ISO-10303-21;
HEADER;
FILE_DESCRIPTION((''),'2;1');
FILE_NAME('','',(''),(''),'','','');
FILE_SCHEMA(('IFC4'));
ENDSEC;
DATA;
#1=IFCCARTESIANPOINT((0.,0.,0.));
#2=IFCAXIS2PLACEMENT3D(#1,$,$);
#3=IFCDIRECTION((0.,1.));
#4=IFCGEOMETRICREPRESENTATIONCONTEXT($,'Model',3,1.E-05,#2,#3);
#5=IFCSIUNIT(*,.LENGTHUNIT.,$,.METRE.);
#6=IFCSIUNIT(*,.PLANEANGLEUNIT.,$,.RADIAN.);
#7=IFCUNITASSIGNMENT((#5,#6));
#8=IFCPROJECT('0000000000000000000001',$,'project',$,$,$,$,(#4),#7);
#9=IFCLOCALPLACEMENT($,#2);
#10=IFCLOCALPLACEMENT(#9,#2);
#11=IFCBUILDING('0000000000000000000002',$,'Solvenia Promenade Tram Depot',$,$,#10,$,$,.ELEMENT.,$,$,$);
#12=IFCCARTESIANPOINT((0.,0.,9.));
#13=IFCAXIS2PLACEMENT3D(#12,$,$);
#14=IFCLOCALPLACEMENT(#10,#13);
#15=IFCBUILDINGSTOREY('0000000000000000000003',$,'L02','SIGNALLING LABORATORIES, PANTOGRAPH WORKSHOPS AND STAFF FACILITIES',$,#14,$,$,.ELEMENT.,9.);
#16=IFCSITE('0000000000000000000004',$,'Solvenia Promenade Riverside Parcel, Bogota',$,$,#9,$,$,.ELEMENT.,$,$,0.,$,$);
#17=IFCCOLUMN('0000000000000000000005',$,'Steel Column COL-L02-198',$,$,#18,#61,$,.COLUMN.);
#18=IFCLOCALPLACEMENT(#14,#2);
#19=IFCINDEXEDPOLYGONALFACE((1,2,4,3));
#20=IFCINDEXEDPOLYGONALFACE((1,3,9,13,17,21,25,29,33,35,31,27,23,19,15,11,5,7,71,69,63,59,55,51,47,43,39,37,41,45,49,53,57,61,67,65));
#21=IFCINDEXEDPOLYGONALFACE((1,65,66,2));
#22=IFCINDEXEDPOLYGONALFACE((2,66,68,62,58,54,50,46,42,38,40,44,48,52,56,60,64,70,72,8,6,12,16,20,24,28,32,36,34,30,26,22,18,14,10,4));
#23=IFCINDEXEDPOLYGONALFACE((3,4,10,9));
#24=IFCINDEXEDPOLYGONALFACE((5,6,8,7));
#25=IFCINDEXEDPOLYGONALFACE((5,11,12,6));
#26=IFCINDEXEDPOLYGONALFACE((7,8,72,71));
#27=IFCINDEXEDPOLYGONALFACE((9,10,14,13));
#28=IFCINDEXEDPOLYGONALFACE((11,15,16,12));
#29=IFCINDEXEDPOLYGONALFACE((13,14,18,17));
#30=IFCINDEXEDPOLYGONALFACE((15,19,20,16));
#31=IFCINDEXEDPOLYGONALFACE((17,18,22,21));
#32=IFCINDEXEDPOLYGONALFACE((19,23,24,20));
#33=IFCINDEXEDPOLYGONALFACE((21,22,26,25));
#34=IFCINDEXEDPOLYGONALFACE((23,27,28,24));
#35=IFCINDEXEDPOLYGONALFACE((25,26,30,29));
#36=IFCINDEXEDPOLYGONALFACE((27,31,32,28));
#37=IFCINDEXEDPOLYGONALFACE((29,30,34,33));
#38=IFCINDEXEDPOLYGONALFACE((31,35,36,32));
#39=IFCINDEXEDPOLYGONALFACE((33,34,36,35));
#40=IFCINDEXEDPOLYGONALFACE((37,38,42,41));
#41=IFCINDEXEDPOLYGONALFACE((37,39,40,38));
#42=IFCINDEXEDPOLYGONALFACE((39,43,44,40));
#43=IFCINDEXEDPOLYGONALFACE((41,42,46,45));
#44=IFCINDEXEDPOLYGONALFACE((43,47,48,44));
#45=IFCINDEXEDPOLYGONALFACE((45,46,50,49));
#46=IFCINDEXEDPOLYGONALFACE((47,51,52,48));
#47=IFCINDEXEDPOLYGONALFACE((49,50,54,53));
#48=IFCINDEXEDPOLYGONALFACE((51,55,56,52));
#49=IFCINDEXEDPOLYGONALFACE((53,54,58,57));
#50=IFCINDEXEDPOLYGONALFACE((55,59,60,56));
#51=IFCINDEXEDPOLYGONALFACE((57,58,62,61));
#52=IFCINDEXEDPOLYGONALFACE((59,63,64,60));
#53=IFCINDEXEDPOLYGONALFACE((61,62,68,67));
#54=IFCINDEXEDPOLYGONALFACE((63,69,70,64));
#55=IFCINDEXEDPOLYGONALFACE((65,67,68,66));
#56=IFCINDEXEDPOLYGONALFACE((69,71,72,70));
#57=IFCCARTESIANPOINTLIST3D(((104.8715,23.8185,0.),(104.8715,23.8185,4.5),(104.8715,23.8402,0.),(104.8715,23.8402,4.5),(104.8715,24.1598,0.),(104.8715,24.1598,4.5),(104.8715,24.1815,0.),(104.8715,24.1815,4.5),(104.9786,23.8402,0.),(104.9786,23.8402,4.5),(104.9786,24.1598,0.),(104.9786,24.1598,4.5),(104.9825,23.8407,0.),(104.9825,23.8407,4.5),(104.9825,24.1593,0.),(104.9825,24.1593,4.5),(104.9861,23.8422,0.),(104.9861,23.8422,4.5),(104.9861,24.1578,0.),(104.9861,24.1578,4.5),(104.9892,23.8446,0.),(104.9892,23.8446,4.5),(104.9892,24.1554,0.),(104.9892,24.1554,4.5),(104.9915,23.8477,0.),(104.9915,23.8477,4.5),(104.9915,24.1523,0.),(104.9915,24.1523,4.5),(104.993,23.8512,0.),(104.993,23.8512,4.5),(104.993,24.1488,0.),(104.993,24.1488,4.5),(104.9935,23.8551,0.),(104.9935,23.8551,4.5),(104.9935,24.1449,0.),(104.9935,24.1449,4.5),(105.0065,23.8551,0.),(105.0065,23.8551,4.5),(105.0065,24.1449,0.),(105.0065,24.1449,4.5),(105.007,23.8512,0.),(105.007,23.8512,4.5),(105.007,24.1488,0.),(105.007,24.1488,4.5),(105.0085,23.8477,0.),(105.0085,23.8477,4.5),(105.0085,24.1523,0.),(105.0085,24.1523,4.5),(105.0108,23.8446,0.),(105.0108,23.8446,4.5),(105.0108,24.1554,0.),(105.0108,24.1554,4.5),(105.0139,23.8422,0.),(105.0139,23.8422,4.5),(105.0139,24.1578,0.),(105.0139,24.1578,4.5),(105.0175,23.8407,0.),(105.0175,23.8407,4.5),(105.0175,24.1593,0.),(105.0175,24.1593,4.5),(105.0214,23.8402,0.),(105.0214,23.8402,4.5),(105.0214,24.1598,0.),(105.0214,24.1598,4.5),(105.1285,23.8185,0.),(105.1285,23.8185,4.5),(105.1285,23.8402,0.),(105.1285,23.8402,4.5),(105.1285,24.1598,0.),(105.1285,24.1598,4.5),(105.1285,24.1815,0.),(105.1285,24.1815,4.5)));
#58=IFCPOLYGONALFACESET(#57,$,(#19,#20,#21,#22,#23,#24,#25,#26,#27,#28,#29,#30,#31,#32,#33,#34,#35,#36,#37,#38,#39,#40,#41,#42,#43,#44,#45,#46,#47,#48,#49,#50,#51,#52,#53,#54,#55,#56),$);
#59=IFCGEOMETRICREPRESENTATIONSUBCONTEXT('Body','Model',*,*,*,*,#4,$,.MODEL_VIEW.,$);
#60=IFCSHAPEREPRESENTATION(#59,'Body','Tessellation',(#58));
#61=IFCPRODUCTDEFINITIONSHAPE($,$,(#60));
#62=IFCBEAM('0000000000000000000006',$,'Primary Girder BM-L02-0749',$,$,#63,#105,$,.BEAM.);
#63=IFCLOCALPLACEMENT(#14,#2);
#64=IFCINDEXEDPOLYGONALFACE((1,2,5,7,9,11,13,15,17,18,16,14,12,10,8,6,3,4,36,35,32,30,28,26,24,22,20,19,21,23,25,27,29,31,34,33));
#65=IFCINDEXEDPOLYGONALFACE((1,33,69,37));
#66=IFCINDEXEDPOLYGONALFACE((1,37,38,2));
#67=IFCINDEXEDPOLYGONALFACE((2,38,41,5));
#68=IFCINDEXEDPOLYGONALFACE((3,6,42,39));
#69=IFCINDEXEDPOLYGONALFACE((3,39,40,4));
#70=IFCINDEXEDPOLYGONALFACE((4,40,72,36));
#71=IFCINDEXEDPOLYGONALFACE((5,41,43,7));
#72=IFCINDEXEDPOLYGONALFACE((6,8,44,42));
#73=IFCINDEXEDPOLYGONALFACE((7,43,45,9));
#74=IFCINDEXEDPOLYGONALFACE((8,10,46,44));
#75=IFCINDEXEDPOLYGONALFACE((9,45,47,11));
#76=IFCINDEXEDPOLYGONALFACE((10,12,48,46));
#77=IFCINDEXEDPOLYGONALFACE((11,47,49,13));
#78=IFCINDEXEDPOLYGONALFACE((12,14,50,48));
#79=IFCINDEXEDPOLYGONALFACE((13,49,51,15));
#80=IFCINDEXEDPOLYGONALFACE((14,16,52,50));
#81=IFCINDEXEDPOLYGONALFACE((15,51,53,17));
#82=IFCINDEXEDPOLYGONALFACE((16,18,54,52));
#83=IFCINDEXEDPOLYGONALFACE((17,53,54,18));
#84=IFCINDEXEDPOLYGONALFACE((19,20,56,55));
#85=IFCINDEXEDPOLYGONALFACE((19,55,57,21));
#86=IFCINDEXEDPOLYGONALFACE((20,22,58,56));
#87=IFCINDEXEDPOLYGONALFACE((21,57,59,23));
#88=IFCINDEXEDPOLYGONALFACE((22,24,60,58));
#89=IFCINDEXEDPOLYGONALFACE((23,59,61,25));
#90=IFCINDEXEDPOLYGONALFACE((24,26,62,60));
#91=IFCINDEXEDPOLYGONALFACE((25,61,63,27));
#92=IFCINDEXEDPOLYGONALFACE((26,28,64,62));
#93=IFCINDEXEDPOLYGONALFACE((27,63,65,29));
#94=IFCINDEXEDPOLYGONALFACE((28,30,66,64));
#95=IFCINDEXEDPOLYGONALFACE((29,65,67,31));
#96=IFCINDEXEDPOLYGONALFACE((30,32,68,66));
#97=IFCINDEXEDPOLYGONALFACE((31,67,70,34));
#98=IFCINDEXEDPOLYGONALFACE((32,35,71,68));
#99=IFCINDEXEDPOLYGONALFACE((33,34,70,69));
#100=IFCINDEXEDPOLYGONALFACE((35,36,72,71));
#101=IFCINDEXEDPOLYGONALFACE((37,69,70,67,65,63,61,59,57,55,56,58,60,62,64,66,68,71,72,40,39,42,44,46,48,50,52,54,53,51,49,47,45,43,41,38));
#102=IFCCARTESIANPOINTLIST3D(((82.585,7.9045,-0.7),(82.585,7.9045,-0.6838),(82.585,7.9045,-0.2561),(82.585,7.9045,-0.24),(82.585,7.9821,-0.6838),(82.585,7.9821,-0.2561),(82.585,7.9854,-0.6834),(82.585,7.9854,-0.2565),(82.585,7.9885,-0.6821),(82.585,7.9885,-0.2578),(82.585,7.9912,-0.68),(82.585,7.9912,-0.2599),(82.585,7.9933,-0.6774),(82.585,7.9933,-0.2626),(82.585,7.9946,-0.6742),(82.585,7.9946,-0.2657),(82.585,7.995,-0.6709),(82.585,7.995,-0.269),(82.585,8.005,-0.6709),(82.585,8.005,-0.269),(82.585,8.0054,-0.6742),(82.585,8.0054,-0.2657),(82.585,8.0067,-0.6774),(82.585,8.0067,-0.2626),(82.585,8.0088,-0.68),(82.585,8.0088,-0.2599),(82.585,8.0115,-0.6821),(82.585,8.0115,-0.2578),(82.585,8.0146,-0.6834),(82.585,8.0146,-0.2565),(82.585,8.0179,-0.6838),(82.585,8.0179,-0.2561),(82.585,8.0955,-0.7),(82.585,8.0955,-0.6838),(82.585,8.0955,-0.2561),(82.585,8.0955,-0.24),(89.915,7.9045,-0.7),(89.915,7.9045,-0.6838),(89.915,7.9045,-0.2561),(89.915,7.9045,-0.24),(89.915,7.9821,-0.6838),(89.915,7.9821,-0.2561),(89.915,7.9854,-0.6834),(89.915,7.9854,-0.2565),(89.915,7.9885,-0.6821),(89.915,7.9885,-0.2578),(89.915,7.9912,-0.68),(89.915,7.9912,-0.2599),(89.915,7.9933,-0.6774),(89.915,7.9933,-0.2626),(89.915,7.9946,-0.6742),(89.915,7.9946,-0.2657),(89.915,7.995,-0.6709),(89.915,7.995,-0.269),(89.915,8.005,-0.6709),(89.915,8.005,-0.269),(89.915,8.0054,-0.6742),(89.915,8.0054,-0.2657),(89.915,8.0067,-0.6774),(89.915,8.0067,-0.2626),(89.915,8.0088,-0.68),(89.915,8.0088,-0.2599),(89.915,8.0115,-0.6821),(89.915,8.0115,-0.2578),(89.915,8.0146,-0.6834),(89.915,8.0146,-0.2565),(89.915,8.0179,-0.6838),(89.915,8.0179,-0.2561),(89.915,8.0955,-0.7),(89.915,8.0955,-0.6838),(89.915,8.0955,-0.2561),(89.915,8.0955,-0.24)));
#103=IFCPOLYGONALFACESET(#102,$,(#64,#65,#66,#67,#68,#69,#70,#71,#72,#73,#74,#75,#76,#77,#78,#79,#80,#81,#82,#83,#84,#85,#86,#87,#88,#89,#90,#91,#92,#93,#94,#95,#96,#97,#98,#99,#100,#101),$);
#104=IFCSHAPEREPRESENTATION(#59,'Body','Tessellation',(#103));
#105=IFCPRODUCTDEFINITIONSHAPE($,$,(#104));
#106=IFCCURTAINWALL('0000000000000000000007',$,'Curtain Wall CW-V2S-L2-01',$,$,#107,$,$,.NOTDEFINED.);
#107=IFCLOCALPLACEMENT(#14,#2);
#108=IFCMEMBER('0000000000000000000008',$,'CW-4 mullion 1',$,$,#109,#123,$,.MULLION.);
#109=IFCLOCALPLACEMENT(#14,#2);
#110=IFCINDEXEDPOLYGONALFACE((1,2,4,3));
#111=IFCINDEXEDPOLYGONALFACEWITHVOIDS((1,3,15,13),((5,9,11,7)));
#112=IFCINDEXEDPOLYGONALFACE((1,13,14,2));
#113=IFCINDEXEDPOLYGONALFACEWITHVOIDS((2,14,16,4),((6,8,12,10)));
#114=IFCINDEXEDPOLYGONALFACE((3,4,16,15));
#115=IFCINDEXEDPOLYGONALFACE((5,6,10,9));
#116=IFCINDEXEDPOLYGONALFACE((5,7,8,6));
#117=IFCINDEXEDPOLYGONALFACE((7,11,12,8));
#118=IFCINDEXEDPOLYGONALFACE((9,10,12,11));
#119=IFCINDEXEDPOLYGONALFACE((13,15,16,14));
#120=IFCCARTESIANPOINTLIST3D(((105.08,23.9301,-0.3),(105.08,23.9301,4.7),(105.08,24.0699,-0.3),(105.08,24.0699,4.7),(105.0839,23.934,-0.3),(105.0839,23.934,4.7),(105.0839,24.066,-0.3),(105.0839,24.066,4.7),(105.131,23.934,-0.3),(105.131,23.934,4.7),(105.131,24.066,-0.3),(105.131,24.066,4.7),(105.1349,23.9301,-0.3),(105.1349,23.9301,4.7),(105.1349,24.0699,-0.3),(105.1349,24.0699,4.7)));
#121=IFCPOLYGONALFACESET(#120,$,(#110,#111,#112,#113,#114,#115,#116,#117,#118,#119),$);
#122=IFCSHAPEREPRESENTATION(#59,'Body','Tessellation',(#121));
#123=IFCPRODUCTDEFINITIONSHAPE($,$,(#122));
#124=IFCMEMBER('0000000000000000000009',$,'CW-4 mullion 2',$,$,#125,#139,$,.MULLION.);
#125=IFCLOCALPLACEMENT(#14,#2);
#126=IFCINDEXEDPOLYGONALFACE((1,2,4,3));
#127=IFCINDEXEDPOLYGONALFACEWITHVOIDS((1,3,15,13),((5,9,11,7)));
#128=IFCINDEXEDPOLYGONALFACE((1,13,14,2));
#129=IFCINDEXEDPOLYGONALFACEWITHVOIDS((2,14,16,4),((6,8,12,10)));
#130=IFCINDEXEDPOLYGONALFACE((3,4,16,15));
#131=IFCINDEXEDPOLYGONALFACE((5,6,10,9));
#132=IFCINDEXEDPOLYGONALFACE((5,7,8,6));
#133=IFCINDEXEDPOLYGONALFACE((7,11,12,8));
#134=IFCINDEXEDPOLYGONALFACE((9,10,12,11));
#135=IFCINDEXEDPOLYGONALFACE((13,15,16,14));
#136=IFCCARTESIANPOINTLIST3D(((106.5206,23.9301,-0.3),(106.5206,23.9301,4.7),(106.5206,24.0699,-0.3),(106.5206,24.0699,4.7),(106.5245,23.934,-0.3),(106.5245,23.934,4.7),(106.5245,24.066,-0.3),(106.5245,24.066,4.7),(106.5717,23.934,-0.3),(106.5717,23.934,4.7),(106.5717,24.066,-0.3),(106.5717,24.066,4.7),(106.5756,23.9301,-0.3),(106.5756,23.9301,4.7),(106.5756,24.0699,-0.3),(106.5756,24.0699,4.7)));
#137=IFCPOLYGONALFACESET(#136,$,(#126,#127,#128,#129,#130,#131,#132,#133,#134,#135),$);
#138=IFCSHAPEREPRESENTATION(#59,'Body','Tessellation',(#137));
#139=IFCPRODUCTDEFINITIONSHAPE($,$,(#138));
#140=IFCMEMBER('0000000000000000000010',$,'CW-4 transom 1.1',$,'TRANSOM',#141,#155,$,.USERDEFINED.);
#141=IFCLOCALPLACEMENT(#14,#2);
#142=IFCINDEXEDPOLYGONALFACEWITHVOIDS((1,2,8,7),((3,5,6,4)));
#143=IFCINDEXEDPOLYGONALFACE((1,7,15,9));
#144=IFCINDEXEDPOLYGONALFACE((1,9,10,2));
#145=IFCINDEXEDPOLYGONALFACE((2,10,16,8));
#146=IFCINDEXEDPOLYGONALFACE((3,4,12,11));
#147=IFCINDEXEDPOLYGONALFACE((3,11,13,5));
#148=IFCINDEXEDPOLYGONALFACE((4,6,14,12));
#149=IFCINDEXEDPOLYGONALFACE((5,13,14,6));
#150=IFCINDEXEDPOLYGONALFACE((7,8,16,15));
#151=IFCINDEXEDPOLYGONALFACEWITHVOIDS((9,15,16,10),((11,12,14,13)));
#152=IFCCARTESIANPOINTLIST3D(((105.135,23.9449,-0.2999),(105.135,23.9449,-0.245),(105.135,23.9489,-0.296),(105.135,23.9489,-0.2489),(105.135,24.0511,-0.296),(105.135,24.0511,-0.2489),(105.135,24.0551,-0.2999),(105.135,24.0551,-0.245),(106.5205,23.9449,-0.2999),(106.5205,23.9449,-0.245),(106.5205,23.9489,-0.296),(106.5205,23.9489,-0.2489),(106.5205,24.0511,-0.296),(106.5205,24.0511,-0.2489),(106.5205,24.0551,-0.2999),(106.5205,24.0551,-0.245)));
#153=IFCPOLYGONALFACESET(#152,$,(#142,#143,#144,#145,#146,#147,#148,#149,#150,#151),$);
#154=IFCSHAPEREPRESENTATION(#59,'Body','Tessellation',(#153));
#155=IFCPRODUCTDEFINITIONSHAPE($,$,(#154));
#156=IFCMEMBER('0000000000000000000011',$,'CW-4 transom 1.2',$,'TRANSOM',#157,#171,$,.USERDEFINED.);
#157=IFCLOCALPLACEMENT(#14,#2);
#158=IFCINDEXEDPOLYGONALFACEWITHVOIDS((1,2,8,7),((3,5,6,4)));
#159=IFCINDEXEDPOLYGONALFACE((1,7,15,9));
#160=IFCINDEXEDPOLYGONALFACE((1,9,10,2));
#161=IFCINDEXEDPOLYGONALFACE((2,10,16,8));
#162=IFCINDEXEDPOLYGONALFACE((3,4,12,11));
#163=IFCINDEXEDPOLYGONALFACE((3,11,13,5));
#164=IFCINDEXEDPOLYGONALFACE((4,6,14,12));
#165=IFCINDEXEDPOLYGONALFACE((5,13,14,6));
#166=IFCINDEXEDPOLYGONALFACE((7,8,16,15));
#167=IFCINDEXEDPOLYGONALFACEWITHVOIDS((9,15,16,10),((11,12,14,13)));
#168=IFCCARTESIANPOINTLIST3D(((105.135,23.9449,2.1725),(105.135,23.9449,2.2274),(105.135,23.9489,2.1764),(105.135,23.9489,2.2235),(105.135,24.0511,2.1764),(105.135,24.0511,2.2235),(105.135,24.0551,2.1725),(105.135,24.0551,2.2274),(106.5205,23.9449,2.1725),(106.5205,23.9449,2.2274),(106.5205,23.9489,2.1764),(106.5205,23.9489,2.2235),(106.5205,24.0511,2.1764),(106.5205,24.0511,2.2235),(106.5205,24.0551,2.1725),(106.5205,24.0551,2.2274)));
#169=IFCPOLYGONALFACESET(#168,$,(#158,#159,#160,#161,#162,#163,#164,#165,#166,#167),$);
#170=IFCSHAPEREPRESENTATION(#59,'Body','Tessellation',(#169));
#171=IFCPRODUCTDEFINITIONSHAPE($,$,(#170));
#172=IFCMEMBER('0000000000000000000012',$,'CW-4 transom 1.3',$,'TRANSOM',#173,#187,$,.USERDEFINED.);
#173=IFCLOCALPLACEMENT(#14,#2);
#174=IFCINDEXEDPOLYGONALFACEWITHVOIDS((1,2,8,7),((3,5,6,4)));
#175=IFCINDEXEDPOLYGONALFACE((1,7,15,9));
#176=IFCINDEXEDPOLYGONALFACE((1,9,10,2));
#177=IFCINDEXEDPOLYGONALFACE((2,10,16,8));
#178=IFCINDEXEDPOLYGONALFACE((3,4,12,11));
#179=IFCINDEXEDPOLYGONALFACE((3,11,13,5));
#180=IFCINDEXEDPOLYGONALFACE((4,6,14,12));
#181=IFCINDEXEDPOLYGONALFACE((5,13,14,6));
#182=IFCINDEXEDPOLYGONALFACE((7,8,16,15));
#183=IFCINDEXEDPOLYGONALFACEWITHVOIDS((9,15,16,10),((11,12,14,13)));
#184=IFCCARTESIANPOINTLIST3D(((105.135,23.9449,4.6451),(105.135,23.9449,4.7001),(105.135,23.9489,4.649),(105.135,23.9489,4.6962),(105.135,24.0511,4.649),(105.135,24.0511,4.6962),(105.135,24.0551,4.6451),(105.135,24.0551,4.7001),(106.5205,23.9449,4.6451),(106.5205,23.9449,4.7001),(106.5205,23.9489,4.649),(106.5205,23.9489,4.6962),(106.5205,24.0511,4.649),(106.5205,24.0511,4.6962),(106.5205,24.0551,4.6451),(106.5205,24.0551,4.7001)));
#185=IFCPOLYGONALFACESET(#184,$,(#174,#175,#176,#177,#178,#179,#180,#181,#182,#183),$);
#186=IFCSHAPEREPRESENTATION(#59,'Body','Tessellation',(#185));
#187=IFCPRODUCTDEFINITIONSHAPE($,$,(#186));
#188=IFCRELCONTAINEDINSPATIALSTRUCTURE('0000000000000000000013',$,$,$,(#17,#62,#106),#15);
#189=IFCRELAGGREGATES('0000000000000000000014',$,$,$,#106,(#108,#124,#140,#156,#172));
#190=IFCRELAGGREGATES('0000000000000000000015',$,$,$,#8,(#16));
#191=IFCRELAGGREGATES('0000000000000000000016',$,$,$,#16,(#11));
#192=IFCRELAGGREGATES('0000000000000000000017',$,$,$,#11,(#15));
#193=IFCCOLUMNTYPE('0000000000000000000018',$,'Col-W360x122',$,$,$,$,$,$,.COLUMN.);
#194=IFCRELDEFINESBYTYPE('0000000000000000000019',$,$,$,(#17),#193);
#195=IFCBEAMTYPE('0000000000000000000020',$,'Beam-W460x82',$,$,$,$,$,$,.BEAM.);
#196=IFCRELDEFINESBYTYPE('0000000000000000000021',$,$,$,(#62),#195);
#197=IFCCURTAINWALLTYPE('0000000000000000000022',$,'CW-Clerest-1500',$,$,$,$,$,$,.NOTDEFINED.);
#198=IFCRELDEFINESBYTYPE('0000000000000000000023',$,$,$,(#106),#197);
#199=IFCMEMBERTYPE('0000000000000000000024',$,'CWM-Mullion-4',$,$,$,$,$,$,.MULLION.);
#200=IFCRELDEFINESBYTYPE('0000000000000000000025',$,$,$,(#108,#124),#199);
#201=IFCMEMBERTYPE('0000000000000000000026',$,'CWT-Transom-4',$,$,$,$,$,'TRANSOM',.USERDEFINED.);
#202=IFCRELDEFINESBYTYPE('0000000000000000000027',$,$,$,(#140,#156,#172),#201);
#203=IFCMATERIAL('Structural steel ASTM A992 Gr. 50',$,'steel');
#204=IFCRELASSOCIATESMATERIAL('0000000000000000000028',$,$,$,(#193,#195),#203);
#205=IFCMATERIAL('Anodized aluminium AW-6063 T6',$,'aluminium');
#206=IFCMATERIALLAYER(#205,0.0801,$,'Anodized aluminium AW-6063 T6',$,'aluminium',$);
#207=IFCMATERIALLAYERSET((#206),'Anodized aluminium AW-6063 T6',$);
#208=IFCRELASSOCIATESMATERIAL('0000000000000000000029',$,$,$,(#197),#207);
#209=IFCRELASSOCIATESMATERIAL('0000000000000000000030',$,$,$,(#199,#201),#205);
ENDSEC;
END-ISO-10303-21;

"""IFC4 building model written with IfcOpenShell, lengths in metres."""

from ifc_helpers import new_model, si_unit, direction, frame, origin, origin_2d, place, context, subcontext, project, spatial, hollow_rectangle, i_section, extrude, material, layer, layer_set, material_profile, profile_set, type_object, element, aggregate, save


model = new_model("IFC4")

# Units and contexts
model_context = context("Model", 3, precision=1e-05, world=origin(), true_north=direction((0.0, 1.0)))
body_context = subcontext(model_context, "Body", "Model", "MODEL_VIEW")
ifc_project = project(units=[si_unit("LENGTHUNIT", "METRE"), si_unit("PLANEANGLEUNIT", "RADIAN")], contexts=[model_context])

# Site, building, storey
site_placement = place(None, origin())
site = spatial("IfcSite", under=ifc_project, at=site_placement, Name="Solvenia Promenade Riverside Parcel, Bogota", CompositionType="ELEMENT", RefElevation=0.0)
building_placement = place(site_placement, origin())
building = spatial("IfcBuilding", under=site, at=building_placement, Name="Solvenia Promenade Tram Depot", CompositionType="ELEMENT")
storey_placement = place(building_placement, frame((0.0, 0.0, 9.0)))
storey = spatial("IfcBuildingStorey", under=building, at=storey_placement, Name="L02", Description="SIGNALLING LABORATORIES, PANTOGRAPH WORKSHOPS AND STAFF FACILITIES", CompositionType="ELEMENT", Elevation=9.0)

# Column
ifc_material_1 = material(Name="Structural steel ASTM A992 Gr. 50", Category="steel")
ifc_material_profile_1 = material_profile(ifc_material_1, i_section(OverallWidth=0.2571, OverallDepth=0.363, WebThickness=0.0129, FlangeThickness=0.0217, FilletRadius=0.0149, at=origin_2d()), Name="W360x122", Category="steel")
ifc_profile_set_1 = profile_set([ifc_material_profile_1], Name="Structural steel ASTM A992 Gr. 50")
column_type = type_object("IfcColumnType", Name="Col-W360x122", PredefinedType="COLUMN", material=ifc_profile_set_1)
column_placement = place(storey_placement, frame((105.0, 24.0, 0.0), z_axis=(0.0, 0.0, 1.0), x_axis=(1.0, 0.0, 0.0)))
element("IfcColumn", 1, at=column_placement, inside=storey, type_object=column_type, Name="Steel Column COL-L02-198", PredefinedType="COLUMN", context=body_context, shape_type="SweptSolid", body=[
    extrude(i_section(OverallWidth=0.2571, OverallDepth=0.363, WebThickness=0.0129, FlangeThickness=0.0217, FilletRadius=0.0149, at=origin_2d()), origin(), (0.0, 0.0, 1.0), 4.5),
])

# Beam
ifc_material_profile_2 = material_profile(ifc_material_1, i_section(OverallWidth=0.1909, OverallDepth=0.46, WebThickness=0.01, FlangeThickness=0.0161, FilletRadius=0.0129, at=origin_2d()), Name="W460x82", Category="steel")
ifc_profile_set_2 = profile_set([ifc_material_profile_2], Name="Structural steel ASTM A992 Gr. 50")
beam_type_1 = type_object("IfcBeamType", Name="Beam-W460x82", PredefinedType="BEAM", material=ifc_profile_set_2)
beam_1_placement = place(storey_placement, frame((82.585, 8.0, -0.47), z_axis=(1.0, 0.0, 0.0), x_axis=(0.0, 1.0, 0.0)))
element("IfcBeam", 2, at=beam_1_placement, inside=storey, type_object=beam_type_1, Name="Primary Girder BM-L02-0749", PredefinedType="BEAM", context=body_context, shape_type="SweptSolid", body=[
    extrude(i_section(OverallWidth=0.1909, OverallDepth=0.46, WebThickness=0.01, FlangeThickness=0.0161, FilletRadius=0.0129, at=origin_2d()), origin(), (0.0, 0.0, 1.0), 7.3301),
])

# Curtain wall, members
ifc_material_2 = material(Name="Anodized aluminium AW-6063 T6", Category="aluminium")
ifc_layer_1 = layer(ifc_material_2, 0.0801, Name="Anodized aluminium AW-6063 T6", Category="aluminium")
ifc_layer_set_1 = layer_set([ifc_layer_1], Name="Anodized aluminium AW-6063 T6")
curtain_wall_type = type_object("IfcCurtainWallType", Name="CW-Clerest-1500", PredefinedType="NOTDEFINED", material=ifc_layer_set_1)
curtain_wall_placement = place(storey_placement, origin())
curtain_wall = element("IfcCurtainWall", 3, at=curtain_wall_placement, inside=storey, type_object=curtain_wall_type, Name="Curtain Wall CW-V2S-L2-01", PredefinedType="NOTDEFINED")
ifc_material_profile_3 = material_profile(ifc_material_2, hollow_rectangle(XDim=0.1399, YDim=0.0549, WallThickness=0.0039, at=origin_2d()), Name="ALU-M4", Category="aluminium")
ifc_profile_set_3 = profile_set([ifc_material_profile_3], Name="Anodized aluminium AW-6063 T6")
member_type_1 = type_object("IfcMemberType", Name="CWM-Mullion-4", PredefinedType="MULLION", material=ifc_profile_set_3)
member_1_placement = place(storey_placement, frame((105.1074, 24.0, -0.3), z_axis=(0.0, 0.0, 1.0), x_axis=(0.0, 1.0, 0.0)))
member_1 = element("IfcMember", 4, at=member_1_placement, type_object=member_type_1, Name="CW-4 mullion 1", PredefinedType="MULLION", context=body_context, shape_type="SweptSolid", body=[
    extrude(hollow_rectangle(XDim=0.1399, YDim=0.0549, WallThickness=0.0039, at=origin_2d()), origin(), (0.0, 0.0, 1.0), 5.0),
])
member_2_placement = place(storey_placement, frame((106.5481, 24.0, -0.3), z_axis=(0.0, 0.0, 1.0), x_axis=(0.0, 1.0, 0.0)))
member_2 = element("IfcMember", 5, at=member_2_placement, type_object=member_type_1, Name="CW-4 mullion 2", PredefinedType="MULLION", context=body_context, shape_type="SweptSolid", body=[
    extrude(hollow_rectangle(XDim=0.1399, YDim=0.0549, WallThickness=0.0039, at=origin_2d()), origin(), (0.0, 0.0, 1.0), 5.0),
])
ifc_material_profile_4 = material_profile(ifc_material_2, hollow_rectangle(XDim=0.1101, YDim=0.0549, WallThickness=0.0039, at=origin_2d()), Name="ALU-T4", Category="aluminium")
ifc_profile_set_4 = profile_set([ifc_material_profile_4], Name="Anodized aluminium AW-6063 T6")
member_type_2 = type_object("IfcMemberType", Name="CWT-Transom-4", ElementType="TRANSOM", PredefinedType="USERDEFINED", material=ifc_profile_set_4)
member_3_placement = place(storey_placement, frame((105.135, 24.0, -0.2725), z_axis=(1.0, 0.0, 0.0), x_axis=(0.0, 1.0, 0.0)))
member_3 = element("IfcMember", 6, at=member_3_placement, type_object=member_type_2, Name="CW-4 transom 1.1", ObjectType="TRANSOM", PredefinedType="USERDEFINED", context=body_context, shape_type="SweptSolid", body=[
    extrude(hollow_rectangle(XDim=0.1101, YDim=0.0549, WallThickness=0.0039, at=origin_2d()), origin(), (0.0, 0.0, 1.0), 1.3855),
])
member_4_placement = place(storey_placement, frame((105.135, 24.0, 2.2), z_axis=(1.0, 0.0, 0.0), x_axis=(0.0, 1.0, 0.0)))
member_4 = element("IfcMember", 7, at=member_4_placement, type_object=member_type_2, Name="CW-4 transom 1.2", ObjectType="TRANSOM", PredefinedType="USERDEFINED", context=body_context, shape_type="SweptSolid", body=[
    extrude(hollow_rectangle(XDim=0.1101, YDim=0.0549, WallThickness=0.0039, at=origin_2d()), origin(), (0.0, 0.0, 1.0), 1.3855),
])
member_5_placement = place(storey_placement, frame((105.135, 24.0, 4.6726), z_axis=(1.0, 0.0, 0.0), x_axis=(0.0, 1.0, 0.0)))
member_5 = element("IfcMember", 8, at=member_5_placement, type_object=member_type_2, Name="CW-4 transom 1.3", ObjectType="TRANSOM", PredefinedType="USERDEFINED", context=body_context, shape_type="SweptSolid", body=[
    extrude(hollow_rectangle(XDim=0.1101, YDim=0.0549, WallThickness=0.0039, at=origin_2d()), origin(), (0.0, 0.0, 1.0), 1.3855),
])

aggregate(curtain_wall, [member_1, member_2, member_3, member_4, member_5])

save(model, "model.ifc")
